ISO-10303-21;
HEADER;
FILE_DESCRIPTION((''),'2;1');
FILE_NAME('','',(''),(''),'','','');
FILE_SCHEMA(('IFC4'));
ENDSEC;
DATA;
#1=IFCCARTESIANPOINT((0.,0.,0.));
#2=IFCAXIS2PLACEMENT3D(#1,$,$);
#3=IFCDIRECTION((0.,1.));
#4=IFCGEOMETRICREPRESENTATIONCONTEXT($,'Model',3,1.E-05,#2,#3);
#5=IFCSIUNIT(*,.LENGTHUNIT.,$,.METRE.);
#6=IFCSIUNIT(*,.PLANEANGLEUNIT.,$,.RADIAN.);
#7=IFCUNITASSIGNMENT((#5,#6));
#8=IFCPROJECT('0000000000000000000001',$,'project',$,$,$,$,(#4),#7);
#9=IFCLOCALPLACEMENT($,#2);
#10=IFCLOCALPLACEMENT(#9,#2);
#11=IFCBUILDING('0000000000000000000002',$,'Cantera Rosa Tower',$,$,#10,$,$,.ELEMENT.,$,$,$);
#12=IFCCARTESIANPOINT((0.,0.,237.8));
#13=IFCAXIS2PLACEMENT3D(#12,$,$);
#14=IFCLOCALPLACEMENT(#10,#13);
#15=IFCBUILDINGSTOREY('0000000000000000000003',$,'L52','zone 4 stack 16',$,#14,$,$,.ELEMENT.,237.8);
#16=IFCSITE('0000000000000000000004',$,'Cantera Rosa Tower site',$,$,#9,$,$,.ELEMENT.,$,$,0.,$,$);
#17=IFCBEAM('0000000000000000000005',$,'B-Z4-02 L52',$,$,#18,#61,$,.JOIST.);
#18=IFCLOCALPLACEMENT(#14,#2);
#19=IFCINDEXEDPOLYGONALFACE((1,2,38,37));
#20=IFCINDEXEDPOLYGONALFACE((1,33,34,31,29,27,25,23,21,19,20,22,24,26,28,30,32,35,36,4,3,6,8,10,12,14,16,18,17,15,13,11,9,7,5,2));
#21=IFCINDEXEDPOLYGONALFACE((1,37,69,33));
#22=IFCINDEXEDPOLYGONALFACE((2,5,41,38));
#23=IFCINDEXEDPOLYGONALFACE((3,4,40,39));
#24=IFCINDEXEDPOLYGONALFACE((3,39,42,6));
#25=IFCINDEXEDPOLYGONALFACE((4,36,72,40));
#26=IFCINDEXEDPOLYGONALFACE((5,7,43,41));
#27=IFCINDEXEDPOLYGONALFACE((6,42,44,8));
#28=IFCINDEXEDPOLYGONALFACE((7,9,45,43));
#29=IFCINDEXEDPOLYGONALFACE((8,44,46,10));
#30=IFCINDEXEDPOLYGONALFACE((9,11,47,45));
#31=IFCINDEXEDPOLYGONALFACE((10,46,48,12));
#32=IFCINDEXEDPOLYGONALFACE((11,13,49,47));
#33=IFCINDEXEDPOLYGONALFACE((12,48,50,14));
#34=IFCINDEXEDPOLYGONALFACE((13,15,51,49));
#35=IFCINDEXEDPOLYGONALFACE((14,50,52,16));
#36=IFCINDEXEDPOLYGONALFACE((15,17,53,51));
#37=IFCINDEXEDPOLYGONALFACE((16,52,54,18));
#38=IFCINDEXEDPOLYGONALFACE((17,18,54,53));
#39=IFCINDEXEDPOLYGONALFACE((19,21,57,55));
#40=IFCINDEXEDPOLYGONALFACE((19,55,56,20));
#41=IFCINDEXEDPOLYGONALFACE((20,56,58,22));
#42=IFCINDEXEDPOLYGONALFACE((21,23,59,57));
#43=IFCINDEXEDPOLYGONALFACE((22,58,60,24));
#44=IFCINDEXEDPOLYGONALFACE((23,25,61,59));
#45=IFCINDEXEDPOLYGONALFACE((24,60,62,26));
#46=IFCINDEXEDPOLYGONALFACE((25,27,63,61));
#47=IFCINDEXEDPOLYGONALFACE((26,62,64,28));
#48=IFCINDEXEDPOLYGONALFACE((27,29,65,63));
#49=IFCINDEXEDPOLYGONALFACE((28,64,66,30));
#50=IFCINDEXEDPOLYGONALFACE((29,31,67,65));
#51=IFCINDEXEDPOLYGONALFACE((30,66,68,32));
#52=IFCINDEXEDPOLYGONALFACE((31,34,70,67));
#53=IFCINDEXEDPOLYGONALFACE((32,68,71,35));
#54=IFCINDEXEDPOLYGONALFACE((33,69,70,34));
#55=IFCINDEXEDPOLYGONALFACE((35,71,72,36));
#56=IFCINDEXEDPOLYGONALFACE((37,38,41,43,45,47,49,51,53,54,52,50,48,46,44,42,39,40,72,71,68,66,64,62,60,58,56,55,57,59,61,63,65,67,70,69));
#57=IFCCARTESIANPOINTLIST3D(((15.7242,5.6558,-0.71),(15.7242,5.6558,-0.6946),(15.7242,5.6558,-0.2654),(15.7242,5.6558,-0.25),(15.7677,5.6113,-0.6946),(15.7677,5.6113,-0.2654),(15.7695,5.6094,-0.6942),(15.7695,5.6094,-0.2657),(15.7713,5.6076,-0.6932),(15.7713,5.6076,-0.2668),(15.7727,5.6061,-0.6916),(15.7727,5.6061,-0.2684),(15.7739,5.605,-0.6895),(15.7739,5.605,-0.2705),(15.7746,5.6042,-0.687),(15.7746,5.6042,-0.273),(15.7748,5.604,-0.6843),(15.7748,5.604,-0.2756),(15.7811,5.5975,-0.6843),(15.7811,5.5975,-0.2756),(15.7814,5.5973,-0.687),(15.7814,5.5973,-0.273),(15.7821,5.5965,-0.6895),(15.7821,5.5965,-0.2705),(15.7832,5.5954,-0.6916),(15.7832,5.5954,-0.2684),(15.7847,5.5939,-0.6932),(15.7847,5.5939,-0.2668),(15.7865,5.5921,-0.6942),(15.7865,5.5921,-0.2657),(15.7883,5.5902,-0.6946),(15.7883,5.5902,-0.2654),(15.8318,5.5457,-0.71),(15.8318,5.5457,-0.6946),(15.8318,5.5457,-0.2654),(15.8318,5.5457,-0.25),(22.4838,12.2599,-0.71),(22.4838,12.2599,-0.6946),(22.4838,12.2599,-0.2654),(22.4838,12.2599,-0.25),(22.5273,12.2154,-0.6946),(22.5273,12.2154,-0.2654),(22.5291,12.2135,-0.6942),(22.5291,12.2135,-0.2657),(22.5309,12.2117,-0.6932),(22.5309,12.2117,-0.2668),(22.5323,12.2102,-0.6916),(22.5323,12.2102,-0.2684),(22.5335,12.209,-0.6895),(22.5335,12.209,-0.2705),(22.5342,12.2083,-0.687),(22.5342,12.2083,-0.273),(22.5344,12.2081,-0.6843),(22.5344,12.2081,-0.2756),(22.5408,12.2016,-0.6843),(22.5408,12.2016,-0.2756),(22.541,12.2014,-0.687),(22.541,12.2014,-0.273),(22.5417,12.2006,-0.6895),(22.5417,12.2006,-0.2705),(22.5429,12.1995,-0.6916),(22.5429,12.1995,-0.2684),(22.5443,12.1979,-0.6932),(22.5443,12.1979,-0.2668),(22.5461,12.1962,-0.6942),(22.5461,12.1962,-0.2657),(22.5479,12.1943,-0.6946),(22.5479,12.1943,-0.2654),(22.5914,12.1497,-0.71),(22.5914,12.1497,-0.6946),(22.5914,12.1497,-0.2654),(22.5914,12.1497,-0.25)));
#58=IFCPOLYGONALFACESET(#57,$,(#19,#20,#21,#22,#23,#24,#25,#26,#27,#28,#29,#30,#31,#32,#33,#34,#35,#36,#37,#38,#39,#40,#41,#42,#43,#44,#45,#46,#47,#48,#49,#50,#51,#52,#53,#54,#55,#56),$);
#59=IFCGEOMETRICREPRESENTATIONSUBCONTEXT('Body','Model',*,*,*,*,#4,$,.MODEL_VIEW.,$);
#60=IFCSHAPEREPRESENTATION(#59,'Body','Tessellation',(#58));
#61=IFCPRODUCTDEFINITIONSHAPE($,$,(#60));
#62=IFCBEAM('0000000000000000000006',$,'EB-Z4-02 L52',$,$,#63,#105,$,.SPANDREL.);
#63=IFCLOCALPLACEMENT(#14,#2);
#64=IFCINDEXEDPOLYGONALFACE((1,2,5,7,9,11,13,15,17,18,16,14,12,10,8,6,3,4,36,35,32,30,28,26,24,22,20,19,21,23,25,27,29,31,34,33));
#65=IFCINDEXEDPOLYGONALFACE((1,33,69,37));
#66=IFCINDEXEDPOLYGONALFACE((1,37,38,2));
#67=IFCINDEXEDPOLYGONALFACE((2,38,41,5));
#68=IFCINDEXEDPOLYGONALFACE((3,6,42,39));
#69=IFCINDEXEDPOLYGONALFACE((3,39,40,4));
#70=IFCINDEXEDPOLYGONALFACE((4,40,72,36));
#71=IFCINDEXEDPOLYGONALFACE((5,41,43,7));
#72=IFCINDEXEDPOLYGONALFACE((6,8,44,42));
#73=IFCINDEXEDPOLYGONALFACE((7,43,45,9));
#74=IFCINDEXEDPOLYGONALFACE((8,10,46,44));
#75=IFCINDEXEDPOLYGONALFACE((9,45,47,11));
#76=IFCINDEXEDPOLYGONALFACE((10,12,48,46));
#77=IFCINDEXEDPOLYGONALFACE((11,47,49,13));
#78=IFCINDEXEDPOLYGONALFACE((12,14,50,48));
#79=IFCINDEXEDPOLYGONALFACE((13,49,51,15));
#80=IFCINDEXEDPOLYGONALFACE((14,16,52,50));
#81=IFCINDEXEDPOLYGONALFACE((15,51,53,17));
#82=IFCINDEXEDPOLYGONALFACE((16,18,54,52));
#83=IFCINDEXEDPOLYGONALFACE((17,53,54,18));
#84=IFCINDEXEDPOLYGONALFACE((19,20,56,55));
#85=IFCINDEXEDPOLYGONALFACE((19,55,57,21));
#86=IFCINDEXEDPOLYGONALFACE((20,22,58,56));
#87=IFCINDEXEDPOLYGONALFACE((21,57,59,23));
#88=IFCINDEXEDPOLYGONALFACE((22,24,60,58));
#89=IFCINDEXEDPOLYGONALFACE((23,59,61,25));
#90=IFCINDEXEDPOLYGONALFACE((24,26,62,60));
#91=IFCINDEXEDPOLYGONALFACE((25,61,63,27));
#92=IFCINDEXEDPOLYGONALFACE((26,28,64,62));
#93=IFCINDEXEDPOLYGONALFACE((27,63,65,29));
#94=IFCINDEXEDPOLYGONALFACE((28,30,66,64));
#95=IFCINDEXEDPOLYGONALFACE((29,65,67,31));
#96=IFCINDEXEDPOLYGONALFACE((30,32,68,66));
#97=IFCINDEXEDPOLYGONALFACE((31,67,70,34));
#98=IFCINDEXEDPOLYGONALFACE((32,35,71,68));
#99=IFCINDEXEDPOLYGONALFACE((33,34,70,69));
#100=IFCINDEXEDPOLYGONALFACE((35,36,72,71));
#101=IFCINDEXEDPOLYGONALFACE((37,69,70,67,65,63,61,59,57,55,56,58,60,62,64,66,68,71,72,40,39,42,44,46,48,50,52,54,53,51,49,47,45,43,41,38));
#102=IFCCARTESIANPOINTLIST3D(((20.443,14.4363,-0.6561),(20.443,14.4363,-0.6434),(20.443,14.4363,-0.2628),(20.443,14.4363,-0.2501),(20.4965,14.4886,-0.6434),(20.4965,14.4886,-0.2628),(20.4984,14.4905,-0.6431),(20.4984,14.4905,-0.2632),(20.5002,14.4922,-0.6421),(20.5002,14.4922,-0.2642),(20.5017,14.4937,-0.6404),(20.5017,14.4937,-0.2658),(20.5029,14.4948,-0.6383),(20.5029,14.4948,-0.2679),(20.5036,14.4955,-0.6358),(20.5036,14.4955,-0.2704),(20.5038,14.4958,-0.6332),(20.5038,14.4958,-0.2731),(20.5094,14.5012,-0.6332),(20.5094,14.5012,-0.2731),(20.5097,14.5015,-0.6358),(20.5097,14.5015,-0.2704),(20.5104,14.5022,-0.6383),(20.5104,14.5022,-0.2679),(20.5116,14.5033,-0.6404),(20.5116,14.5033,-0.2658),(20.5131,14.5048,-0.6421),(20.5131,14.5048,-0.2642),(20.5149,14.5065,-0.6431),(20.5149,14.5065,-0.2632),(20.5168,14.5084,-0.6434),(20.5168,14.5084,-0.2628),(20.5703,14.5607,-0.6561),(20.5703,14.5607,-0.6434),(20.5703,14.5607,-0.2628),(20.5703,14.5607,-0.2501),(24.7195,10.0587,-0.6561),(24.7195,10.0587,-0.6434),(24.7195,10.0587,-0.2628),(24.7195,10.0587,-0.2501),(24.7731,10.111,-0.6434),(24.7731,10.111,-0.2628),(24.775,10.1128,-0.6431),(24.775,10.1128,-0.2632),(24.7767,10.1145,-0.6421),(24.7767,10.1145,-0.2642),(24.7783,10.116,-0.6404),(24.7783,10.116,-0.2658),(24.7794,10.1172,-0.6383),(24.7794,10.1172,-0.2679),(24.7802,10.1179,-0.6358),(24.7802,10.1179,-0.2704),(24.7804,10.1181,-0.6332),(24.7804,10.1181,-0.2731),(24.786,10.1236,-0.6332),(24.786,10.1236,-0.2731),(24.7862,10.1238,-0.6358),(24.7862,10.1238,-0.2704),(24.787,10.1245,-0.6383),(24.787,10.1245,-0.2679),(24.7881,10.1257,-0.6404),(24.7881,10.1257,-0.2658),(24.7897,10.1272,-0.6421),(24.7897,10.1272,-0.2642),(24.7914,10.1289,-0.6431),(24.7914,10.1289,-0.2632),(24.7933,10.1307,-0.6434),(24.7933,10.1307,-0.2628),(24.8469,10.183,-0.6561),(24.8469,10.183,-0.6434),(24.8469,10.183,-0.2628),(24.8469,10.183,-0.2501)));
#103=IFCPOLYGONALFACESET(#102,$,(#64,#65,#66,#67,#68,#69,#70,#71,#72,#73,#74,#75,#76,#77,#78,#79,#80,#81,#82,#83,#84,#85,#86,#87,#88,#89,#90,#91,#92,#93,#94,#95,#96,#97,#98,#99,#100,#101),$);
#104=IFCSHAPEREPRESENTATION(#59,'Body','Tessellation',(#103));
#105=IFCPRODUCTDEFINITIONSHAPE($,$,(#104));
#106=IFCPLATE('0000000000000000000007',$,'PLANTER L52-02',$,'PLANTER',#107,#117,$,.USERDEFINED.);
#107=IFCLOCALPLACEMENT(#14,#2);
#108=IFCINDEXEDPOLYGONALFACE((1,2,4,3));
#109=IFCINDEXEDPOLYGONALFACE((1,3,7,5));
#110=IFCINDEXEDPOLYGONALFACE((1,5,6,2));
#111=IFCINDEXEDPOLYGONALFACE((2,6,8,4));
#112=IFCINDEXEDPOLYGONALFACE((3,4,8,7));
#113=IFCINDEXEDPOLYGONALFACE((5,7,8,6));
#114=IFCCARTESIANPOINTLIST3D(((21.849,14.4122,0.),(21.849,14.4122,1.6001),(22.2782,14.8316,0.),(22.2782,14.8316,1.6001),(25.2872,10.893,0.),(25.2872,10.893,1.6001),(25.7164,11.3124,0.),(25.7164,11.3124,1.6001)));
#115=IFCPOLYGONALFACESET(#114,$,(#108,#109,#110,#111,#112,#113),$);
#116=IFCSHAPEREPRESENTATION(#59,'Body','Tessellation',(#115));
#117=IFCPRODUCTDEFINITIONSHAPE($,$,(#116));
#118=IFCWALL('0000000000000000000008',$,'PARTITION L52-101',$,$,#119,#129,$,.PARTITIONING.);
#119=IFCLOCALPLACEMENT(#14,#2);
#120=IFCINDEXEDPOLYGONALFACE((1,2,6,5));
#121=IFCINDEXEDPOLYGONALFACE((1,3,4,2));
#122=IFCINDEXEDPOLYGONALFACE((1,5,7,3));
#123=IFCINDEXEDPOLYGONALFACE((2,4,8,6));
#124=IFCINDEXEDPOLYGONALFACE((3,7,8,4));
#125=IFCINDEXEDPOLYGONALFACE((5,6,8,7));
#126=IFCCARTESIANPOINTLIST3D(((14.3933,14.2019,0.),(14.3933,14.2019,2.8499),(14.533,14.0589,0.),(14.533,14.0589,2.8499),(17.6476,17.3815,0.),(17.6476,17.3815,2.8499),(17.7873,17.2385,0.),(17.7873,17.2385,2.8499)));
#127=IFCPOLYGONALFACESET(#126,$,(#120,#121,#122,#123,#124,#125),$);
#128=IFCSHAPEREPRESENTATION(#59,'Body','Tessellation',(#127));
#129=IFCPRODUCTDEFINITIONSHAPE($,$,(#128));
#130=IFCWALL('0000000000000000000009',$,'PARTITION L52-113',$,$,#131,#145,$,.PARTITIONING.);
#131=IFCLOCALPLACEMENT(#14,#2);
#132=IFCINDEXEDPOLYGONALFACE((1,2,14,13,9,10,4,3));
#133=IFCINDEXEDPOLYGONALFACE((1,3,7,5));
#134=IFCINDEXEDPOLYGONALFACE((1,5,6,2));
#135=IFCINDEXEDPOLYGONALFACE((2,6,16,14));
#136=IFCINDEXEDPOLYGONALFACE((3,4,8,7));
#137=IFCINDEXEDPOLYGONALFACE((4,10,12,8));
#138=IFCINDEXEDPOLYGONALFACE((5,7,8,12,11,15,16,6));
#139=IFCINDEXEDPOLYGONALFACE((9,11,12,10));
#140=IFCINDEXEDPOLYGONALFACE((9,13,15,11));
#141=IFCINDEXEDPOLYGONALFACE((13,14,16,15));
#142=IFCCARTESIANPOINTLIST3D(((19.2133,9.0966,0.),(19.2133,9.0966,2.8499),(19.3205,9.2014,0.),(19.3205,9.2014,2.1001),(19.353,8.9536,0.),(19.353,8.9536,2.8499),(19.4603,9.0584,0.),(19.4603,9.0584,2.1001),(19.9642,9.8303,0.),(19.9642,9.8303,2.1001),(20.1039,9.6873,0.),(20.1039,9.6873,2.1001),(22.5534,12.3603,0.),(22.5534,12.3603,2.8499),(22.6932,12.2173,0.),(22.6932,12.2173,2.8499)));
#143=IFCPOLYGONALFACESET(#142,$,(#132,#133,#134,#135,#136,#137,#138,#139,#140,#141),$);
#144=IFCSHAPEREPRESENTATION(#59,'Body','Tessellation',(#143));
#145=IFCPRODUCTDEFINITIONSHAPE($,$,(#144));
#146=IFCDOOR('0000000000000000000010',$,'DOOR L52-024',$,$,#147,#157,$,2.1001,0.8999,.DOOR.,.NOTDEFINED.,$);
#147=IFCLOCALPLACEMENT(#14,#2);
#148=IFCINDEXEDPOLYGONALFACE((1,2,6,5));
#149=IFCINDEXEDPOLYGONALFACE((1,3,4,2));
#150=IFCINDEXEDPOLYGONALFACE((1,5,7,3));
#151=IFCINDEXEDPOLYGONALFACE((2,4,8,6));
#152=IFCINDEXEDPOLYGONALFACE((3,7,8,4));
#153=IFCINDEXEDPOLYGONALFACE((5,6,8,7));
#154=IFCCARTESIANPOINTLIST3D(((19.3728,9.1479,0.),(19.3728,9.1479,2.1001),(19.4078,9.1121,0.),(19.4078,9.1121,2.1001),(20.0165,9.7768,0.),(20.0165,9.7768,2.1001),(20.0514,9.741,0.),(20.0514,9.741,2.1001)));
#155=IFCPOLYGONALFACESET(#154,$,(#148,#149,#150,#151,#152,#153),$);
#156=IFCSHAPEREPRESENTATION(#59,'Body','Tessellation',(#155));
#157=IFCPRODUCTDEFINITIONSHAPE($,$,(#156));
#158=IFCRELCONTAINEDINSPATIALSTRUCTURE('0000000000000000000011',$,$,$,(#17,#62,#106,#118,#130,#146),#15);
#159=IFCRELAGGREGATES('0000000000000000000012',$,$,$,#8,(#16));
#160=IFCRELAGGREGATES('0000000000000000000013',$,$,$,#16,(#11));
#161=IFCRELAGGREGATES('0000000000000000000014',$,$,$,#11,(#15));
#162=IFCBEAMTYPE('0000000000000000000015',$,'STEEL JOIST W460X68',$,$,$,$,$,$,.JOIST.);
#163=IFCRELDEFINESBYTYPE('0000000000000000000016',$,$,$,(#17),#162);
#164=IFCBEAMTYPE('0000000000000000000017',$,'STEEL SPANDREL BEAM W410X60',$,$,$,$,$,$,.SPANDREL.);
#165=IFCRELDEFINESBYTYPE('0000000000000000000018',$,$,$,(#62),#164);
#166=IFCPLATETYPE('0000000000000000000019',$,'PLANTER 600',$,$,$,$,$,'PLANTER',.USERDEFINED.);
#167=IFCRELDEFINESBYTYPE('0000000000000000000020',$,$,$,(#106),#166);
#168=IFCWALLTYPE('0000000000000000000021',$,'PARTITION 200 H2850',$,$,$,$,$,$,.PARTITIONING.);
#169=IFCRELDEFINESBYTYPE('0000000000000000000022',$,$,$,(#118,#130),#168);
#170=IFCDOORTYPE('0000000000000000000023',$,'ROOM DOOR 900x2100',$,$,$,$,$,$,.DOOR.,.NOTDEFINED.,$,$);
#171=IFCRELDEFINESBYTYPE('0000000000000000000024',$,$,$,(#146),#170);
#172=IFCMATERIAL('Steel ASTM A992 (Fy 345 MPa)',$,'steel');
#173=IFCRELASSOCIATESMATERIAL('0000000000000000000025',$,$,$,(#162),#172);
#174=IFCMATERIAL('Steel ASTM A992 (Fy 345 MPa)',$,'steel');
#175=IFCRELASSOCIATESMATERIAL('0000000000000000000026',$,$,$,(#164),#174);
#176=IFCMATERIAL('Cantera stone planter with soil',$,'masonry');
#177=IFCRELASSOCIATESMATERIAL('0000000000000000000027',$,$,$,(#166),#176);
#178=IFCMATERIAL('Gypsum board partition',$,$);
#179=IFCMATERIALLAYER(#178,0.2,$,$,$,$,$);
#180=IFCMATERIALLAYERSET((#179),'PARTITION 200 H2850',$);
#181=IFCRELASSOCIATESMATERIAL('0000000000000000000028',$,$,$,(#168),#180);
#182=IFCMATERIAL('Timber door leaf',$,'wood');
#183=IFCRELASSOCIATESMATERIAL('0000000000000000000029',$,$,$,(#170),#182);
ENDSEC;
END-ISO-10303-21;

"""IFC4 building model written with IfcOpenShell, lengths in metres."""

from ifc_helpers import new_model, si_unit, direction, frame, frame_2d, origin, origin_2d, place, context, subcontext, project, spatial, rectangle, i_section, extrude, material, layer, layer_set, material_profile, profile_set, type_object, element, fill, save


model = new_model("IFC4")

# Units and contexts
model_context = context("Model", 3, precision=1e-05, world=origin(), true_north=direction((0.0, 1.0)))
body_context = subcontext(model_context, "Body", "Model", "MODEL_VIEW")
ifc_project = project(units=[si_unit("LENGTHUNIT", "METRE"), si_unit("PLANEANGLEUNIT", "RADIAN")], contexts=[model_context])

# Site, building, storey
site_placement = place(None, origin())
site = spatial("IfcSite", under=ifc_project, at=site_placement, Name="Cantera Rosa Tower site", CompositionType="ELEMENT", RefElevation=0.0)
building_placement = place(site_placement, origin())
building = spatial("IfcBuilding", under=site, at=building_placement, Name="Cantera Rosa Tower", CompositionType="ELEMENT")
storey_placement = place(building_placement, frame((0.0, 0.0, 237.8)))
storey = spatial("IfcBuildingStorey", under=building, at=storey_placement, Name="L52", Description="zone 4 stack 16", CompositionType="ELEMENT", Elevation=237.8)

# Beams
ifc_material_1 = material(Name="Steel ASTM A992 (Fy 345 MPa)", Category="steel")
ifc_material_profile_1 = material_profile(ifc_material_1, i_section(OverallWidth=0.1541, OverallDepth=0.46, WebThickness=0.009, FlangeThickness=0.0154, FilletRadius=0.0103, at=origin_2d()), Name="W460X68")
ifc_profile_set_1 = profile_set([ifc_material_profile_1], Name="Steel ASTM A992 (Fy 345 MPa)")
beam_type_1 = type_object("IfcBeamType", Name="STEEL JOIST W460X68", PredefinedType="JOIST", material=ifc_profile_set_1)
beam_1_placement = place(storey_placement, frame((22.5376, 12.2048, -0.48), z_axis=(-0.715287, -0.698831, 0.0), x_axis=(0.698831, -0.715287, 0.0)))
element("IfcBeam", 1, at=beam_1_placement, inside=storey, type_object=beam_type_1, Name="B-Z4-02 L52", PredefinedType="JOIST", context=body_context, shape_type="SweptSolid", body=[
    extrude(i_section(OverallWidth=0.1541, OverallDepth=0.46, WebThickness=0.009, FlangeThickness=0.0154, FilletRadius=0.0103, at=origin_2d()), origin(), (0.0, 0.0, 1.0), 9.4502),
])
ifc_material_2 = material(Name="Steel ASTM A992 (Fy 345 MPa)", Category="steel")
ifc_material_profile_2 = material_profile(ifc_material_2, i_section(OverallWidth=0.178, OverallDepth=0.406, WebThickness=0.0078, FlangeThickness=0.0127, FilletRadius=0.0103, at=origin_2d()), Name="W410X60")
ifc_profile_set_2 = profile_set([ifc_material_profile_2], Name="Steel ASTM A992 (Fy 345 MPa)")
beam_type_2 = type_object("IfcBeamType", Name="STEEL SPANDREL BEAM W410X60", PredefinedType="SPANDREL", material=ifc_profile_set_2)
beam_2_placement = place(storey_placement, frame((24.7832, 10.1208, -0.4531), z_axis=(-0.698801, 0.715316, 0.0), x_axis=(-0.715316, -0.698801, 0.0)))
element("IfcBeam", 2, at=beam_2_placement, inside=storey, type_object=beam_type_2, Name="EB-Z4-02 L52", PredefinedType="SPANDREL", context=body_context, shape_type="SweptSolid", body=[
    extrude(i_section(OverallWidth=0.178, OverallDepth=0.406, WebThickness=0.0078, FlangeThickness=0.0127, FilletRadius=0.0103, at=origin_2d()), origin(), (0.0, 0.0, 1.0), 6.1199),
])

# Plate
ifc_material_3 = material(Name="Cantera stone planter with soil", Category="masonry")
plate_type = type_object("IfcPlateType", Name="PLANTER 600", ElementType="PLANTER", PredefinedType="USERDEFINED", material=ifc_material_3)
plate_placement = place(storey_placement, frame((23.7827, 12.8623, 0.0), z_axis=(0.0, 0.0, 1.0), x_axis=(-0.698832, 0.715286, 0.0)))
element("IfcPlate", 3, at=plate_placement, inside=storey, type_object=plate_type, Name="PLANTER L52-02", ObjectType="PLANTER", PredefinedType="USERDEFINED", context=body_context, shape_type="SweptSolid", body=[
    extrude(rectangle(XDim=4.9199, YDim=0.6001, at=origin_2d()), origin(), (0.0, 0.0, 1.0), 1.6001),
])

# Wall
ifc_material_4 = material(Name="Gypsum board partition")
ifc_layer_1 = layer(ifc_material_4, 0.2)
ifc_layer_set_1 = layer_set([ifc_layer_1], Name="PARTITION 200 H2850")
wall_type_1 = type_object("IfcWallType", Name="PARTITION 200 H2850", PredefinedType="PARTITIONING", material=ifc_layer_set_1)
wall_1_placement = place(storey_placement, frame((14.4631, 14.1304, 0.0), z_axis=(0.0, 0.0, 1.0), x_axis=(0.715269, 0.698849, 0.0)))
element("IfcWall", 4, at=wall_1_placement, inside=storey, type_object=wall_type_1, Name="PARTITION L52-101", PredefinedType="PARTITIONING", context=body_context, shape_type="SweptSolid", body=[
    extrude(rectangle(XDim=4.5498, YDim=0.2, at=frame_2d((2.2749, 0.0))), origin(), (0.0, 0.0, 1.0), 2.8499),
])

# Wall, opening, door
wall_2_placement = place(storey_placement, frame((22.6233, 12.2888, 0.0), z_axis=(0.0, 0.0, 1.0), x_axis=(-0.715241, -0.698878, 0.0)))
wall_2 = element("IfcWall", 5, at=wall_2_placement, inside=storey, type_object=wall_type_1, Name="PARTITION L52-113", PredefinedType="PARTITIONING", context=body_context, shape_type="SweptSolid", body=[
    extrude(rectangle(XDim=4.6699, YDim=0.2, at=frame_2d((2.335, 0.0))), origin(), (0.0, 0.0, 1.0), 2.8499),
])
opening_1_placement = place(wall_2_placement, frame((3.6201, 0.0, 0.0)))
opening_1 = element("IfcOpeningElement", 6, at=opening_1_placement, cuts=wall_2, PredefinedType="OPENING", context=body_context, shape_type="SweptSolid", body=[
    extrude(rectangle(XDim=0.8999, YDim=2.1001, at=frame_2d((0.45, 1.05))), frame((0.0, 0.1099, 0.0), z_axis=(0.0, -1.0, 0.0), x_axis=(1.0, 0.0, 0.0)), (0.0, 0.0, 1.0), 0.22),
])
ifc_material_5 = material(Name="Timber door leaf", Category="wood")
door_type_1 = type_object("IfcDoorType", Name="ROOM DOOR 900x2100", OperationType="NOTDEFINED", PredefinedType="DOOR", material=ifc_material_5)
door_1_placement = place(opening_1_placement, origin())
door_1 = element("IfcDoor", 7, at=door_1_placement, inside=storey, type_object=door_type_1, Name="DOOR L52-024", OperationType="NOTDEFINED", OverallHeight=2.1001, OverallWidth=0.8999, PredefinedType="DOOR", context=body_context, shape_type="SweptSolid", body=[
    extrude(rectangle(XDim=0.8999, YDim=2.1001, at=frame_2d((0.45, 1.05))), frame((0.0, 0.0249, 0.0), z_axis=(0.0, -1.0, 0.0), x_axis=(1.0, 0.0, 0.0)), (0.0, 0.0, 1.0), 0.05),
])
fill(opening_1, door_1)

save(model, "model.ifc")
